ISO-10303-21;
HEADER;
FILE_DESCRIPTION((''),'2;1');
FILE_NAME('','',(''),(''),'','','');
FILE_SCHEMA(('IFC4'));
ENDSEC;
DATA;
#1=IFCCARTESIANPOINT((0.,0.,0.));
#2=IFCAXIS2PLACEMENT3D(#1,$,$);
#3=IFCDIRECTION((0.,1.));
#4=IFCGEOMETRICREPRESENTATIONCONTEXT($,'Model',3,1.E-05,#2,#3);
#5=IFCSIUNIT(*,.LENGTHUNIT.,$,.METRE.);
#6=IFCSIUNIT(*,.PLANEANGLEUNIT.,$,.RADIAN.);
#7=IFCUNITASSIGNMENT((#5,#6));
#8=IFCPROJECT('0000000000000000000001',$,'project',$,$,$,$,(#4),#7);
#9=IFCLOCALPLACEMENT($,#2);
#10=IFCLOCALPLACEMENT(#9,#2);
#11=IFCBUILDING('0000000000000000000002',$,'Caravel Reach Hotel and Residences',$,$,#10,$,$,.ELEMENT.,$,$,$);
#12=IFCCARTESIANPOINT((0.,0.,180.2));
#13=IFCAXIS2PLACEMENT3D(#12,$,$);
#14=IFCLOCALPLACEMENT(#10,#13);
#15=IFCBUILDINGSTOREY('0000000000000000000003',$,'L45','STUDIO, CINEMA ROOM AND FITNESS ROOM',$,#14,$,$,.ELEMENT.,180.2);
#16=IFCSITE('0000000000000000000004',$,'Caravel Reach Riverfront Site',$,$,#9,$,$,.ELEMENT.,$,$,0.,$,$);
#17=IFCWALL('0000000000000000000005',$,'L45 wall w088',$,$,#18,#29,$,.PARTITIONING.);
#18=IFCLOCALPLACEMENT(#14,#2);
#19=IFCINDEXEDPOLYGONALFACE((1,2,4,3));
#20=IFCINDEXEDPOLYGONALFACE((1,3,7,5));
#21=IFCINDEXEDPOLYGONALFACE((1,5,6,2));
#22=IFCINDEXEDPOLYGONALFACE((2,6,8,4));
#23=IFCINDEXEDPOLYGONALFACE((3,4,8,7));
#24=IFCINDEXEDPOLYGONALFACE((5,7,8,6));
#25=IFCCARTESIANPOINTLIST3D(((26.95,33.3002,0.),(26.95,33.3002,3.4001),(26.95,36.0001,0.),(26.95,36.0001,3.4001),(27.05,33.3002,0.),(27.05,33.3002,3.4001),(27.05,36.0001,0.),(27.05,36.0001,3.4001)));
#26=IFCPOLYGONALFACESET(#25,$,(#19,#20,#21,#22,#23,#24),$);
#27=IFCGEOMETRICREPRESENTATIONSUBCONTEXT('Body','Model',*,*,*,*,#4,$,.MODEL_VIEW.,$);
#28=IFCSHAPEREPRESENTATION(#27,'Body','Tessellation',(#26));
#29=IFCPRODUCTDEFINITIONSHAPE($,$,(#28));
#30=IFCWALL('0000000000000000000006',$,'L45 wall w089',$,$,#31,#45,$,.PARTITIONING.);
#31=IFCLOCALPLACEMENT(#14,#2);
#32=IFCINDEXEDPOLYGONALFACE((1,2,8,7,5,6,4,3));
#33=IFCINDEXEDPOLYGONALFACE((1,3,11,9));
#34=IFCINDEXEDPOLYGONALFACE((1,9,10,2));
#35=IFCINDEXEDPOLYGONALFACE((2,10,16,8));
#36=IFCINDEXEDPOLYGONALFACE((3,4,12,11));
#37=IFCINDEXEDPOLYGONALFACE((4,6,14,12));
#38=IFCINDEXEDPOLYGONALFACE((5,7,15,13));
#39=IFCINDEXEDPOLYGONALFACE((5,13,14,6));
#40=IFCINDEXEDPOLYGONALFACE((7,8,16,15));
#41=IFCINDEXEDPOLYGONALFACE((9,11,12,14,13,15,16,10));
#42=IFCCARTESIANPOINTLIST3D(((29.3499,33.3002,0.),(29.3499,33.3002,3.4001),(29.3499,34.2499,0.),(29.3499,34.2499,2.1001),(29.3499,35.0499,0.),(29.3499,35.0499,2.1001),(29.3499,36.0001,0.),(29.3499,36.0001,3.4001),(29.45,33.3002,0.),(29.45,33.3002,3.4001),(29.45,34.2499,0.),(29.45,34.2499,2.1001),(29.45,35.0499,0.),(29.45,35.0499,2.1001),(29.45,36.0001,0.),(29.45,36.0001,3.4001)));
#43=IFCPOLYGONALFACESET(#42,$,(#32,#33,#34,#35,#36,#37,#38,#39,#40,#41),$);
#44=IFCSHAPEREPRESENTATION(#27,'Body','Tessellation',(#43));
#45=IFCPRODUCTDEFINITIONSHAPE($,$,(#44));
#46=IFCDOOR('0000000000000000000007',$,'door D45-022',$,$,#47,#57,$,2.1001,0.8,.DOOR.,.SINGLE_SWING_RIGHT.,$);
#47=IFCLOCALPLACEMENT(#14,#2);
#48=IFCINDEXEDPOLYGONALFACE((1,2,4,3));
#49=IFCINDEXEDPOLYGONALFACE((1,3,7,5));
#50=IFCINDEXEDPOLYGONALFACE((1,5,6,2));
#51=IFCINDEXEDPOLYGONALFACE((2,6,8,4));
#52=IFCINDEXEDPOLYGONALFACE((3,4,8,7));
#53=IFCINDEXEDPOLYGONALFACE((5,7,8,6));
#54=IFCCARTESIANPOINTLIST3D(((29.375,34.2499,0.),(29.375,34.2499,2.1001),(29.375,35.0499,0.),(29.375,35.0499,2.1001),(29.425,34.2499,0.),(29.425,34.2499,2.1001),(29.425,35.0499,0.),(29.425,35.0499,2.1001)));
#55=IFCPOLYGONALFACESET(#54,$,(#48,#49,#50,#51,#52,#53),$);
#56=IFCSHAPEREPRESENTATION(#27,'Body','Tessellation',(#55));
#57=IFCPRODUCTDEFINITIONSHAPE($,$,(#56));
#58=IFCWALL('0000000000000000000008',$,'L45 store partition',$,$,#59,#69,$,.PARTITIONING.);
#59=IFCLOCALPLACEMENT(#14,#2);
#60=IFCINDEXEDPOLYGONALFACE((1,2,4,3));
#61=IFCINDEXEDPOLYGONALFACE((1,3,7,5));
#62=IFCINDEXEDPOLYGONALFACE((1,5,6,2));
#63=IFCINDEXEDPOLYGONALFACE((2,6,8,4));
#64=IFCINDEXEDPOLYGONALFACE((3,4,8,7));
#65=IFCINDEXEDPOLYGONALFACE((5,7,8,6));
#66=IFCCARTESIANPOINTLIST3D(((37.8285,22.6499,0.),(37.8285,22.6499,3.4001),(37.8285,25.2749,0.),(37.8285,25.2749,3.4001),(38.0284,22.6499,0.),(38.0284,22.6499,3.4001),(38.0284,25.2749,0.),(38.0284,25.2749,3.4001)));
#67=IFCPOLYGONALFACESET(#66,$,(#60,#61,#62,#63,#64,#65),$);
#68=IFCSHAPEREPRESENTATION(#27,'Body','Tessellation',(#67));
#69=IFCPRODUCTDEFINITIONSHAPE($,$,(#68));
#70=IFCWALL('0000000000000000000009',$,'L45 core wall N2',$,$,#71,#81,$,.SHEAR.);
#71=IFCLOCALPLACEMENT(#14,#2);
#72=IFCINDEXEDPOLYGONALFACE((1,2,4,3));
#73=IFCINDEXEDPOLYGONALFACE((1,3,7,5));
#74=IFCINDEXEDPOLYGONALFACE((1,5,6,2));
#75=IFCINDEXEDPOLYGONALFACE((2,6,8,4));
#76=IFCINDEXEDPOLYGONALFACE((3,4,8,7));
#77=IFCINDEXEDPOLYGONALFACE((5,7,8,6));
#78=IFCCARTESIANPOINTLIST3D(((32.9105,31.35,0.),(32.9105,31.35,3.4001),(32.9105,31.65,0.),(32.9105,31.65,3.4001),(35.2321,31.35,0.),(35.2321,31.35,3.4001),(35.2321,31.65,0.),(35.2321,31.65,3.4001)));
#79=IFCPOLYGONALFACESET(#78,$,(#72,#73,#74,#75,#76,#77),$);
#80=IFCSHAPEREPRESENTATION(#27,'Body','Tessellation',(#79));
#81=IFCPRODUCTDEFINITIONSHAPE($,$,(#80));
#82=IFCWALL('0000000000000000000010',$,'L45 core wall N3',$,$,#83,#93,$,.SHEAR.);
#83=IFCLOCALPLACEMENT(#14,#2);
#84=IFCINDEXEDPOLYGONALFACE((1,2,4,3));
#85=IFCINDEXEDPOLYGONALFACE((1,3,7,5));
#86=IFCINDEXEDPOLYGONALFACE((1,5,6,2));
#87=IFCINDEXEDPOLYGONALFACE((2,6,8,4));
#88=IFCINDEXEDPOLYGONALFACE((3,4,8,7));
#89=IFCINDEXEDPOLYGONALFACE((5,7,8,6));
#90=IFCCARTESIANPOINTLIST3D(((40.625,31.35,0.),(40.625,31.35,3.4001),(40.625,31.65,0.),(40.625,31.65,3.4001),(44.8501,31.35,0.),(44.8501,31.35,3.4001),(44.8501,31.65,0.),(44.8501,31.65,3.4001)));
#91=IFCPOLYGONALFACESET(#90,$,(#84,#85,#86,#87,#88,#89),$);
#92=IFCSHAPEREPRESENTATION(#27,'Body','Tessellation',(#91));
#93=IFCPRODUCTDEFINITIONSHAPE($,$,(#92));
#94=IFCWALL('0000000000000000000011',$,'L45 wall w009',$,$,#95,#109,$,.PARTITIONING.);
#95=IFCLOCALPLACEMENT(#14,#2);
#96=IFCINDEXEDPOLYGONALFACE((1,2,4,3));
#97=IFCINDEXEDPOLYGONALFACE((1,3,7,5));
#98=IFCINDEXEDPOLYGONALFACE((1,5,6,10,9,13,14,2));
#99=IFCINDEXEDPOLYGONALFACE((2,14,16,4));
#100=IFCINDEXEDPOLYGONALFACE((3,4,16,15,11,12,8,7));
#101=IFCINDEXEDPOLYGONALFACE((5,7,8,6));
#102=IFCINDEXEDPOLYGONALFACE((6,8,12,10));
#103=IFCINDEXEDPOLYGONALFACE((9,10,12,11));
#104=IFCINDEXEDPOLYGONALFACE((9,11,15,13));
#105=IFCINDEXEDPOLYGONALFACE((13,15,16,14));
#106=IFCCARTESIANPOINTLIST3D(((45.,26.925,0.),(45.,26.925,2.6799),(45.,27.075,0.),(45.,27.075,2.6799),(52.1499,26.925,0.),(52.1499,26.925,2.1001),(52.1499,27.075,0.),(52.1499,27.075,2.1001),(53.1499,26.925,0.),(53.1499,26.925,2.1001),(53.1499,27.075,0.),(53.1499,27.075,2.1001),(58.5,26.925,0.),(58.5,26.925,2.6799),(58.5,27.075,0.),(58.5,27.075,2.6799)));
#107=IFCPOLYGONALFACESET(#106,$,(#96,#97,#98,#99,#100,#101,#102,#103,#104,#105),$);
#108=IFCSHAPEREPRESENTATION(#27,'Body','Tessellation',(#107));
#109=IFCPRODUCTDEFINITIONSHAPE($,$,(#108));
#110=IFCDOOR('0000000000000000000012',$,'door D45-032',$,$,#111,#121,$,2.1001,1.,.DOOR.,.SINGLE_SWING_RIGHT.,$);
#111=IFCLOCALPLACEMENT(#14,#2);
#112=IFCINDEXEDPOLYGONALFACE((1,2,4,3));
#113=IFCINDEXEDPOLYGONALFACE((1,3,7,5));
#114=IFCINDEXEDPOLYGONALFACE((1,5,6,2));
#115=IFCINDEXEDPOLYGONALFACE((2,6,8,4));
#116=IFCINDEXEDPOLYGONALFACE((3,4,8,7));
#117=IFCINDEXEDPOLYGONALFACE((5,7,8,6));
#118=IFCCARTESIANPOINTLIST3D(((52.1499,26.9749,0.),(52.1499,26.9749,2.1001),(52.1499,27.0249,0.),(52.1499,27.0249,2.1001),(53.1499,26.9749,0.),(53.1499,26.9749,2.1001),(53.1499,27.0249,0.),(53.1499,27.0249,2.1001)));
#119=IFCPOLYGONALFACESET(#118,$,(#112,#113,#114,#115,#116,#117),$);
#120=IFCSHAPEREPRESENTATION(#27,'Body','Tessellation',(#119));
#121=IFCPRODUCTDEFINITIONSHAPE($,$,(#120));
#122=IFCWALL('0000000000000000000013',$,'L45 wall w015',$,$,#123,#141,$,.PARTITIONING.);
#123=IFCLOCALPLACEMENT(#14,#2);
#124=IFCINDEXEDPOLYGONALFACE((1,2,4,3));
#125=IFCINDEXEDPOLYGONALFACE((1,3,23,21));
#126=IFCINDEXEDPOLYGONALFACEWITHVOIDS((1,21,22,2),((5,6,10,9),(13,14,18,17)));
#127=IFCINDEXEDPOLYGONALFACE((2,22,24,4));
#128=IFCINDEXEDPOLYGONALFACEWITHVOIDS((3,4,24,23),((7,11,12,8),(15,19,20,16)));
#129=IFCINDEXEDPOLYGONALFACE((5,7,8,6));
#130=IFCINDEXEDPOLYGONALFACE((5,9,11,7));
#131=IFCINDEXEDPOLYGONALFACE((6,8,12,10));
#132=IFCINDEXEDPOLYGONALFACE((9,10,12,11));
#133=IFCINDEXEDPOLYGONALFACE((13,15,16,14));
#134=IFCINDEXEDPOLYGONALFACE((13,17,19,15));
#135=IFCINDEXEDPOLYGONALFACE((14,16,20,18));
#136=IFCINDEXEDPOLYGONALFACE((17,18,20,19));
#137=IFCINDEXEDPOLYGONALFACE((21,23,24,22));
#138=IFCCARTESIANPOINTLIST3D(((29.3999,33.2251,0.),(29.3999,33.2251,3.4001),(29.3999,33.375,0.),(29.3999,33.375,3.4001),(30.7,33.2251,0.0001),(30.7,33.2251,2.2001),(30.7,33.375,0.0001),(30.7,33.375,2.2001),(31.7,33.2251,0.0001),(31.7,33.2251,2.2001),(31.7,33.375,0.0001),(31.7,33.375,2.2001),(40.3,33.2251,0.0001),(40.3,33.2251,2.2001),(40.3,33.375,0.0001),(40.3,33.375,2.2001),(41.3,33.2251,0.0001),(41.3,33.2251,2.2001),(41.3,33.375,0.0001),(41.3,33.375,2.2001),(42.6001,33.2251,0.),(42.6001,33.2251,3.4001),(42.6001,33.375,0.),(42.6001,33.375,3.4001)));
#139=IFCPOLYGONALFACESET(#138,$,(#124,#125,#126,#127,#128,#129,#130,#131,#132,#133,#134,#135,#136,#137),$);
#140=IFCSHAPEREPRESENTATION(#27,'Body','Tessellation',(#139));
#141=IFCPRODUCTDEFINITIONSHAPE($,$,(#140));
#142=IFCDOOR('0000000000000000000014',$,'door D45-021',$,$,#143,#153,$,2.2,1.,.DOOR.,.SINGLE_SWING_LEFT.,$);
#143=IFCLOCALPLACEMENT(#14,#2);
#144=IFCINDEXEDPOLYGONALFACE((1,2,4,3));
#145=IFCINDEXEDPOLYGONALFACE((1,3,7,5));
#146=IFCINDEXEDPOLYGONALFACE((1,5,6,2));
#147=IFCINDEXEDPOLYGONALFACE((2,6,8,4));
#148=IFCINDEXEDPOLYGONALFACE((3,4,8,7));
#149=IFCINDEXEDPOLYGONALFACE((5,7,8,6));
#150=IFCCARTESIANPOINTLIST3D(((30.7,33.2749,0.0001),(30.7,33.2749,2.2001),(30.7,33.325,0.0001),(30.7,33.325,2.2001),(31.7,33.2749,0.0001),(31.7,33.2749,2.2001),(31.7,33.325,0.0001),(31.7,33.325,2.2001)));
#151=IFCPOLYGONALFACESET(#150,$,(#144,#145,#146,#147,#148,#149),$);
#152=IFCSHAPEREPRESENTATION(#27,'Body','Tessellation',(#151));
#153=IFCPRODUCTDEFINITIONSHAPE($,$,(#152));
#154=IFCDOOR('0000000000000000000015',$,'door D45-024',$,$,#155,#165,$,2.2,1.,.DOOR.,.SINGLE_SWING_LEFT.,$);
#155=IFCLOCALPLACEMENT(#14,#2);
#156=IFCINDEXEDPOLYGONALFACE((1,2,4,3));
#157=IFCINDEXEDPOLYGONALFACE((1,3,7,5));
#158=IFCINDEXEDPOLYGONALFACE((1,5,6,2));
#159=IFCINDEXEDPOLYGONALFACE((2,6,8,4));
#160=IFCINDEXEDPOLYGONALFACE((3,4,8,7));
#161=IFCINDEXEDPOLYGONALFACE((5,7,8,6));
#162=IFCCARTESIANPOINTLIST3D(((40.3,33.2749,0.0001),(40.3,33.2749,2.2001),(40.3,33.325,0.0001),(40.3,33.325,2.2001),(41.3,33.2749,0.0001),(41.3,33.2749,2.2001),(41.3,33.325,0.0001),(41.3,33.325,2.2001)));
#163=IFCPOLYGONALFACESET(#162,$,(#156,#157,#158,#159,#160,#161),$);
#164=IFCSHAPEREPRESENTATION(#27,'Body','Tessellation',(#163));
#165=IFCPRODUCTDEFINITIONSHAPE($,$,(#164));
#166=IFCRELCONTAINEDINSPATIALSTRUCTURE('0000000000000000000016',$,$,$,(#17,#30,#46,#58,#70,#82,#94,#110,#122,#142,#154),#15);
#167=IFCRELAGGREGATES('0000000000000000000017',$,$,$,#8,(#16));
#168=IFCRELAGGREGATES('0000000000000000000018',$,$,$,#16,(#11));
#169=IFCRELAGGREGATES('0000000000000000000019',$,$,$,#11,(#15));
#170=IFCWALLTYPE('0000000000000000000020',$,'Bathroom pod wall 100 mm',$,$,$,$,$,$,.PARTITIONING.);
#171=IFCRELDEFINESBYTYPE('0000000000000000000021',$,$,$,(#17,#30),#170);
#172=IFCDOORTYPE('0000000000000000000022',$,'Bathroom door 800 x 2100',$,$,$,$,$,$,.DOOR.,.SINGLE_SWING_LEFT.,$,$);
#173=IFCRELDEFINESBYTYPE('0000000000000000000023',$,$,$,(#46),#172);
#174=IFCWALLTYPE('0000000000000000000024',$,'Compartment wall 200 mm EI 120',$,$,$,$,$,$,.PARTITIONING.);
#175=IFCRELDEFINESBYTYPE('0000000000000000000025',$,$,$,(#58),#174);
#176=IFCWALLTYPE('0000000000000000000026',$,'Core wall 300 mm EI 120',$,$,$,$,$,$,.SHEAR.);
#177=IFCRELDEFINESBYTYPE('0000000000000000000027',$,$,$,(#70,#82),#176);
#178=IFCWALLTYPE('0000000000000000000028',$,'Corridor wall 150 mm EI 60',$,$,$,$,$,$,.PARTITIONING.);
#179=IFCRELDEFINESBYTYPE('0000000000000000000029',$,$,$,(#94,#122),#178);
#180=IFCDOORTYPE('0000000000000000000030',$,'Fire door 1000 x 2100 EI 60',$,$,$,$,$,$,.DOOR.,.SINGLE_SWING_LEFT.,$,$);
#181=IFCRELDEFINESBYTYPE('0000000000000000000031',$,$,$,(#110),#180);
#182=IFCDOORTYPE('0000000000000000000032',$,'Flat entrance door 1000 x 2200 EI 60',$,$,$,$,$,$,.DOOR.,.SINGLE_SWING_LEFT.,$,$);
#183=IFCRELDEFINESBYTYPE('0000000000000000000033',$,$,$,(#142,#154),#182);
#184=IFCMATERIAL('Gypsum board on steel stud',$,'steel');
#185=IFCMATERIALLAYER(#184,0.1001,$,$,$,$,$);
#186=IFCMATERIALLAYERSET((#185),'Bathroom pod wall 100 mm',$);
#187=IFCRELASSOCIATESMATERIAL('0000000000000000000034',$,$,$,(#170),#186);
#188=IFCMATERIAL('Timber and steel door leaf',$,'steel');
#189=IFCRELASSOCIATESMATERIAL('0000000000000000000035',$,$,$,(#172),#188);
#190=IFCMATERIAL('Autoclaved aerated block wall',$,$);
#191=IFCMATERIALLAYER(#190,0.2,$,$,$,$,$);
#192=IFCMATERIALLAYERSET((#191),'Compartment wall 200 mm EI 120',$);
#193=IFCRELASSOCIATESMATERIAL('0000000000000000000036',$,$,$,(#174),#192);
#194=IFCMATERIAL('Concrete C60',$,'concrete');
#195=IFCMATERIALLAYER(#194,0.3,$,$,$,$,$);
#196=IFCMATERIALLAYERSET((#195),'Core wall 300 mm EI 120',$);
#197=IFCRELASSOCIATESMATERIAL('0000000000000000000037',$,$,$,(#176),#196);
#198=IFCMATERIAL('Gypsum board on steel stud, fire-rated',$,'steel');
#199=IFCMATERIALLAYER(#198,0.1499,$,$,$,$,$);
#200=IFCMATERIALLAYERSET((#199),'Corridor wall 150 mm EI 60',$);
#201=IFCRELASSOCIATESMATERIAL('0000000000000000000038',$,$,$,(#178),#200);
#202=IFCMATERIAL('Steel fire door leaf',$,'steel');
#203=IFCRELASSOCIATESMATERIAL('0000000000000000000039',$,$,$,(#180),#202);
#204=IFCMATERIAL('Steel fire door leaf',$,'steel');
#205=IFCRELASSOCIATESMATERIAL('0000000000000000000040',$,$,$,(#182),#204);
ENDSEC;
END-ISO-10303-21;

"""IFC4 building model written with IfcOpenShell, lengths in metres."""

from ifc_helpers import new_model, si_unit, direction, frame, frame_2d, origin, place, context, subcontext, project, spatial, rectangle, extrude, material, layer, layer_set, type_object, element, fill, save


model = new_model("IFC4")

# Units and contexts
model_context = context("Model", 3, precision=1e-05, world=origin(), true_north=direction((0.0, 1.0)))
body_context = subcontext(model_context, "Body", "Model", "MODEL_VIEW")
ifc_project = project(units=[si_unit("LENGTHUNIT", "METRE"), si_unit("PLANEANGLEUNIT", "RADIAN")], contexts=[model_context])

# Site, building, storey
site_placement = place(None, origin())
site = spatial("IfcSite", under=ifc_project, at=site_placement, Name="Caravel Reach Riverfront Site", CompositionType="ELEMENT", RefElevation=0.0)
building_placement = place(site_placement, origin())
building = spatial("IfcBuilding", under=site, at=building_placement, Name="Caravel Reach Hotel and Residences", CompositionType="ELEMENT")
storey_placement = place(building_placement, frame((0.0, 0.0, 180.2)))
storey = spatial("IfcBuildingStorey", under=building, at=storey_placement, Name="L45", Description="STUDIO, CINEMA ROOM AND FITNESS ROOM", CompositionType="ELEMENT", Elevation=180.2)

# Wall
ifc_material_1 = material(Name="Gypsum board on steel stud", Category="steel")
ifc_layer_1 = layer(ifc_material_1, 0.1001)
ifc_layer_set_1 = layer_set([ifc_layer_1], Name="Bathroom pod wall 100 mm")
wall_type_1 = type_object("IfcWallType", Name="Bathroom pod wall 100 mm", PredefinedType="PARTITIONING", material=ifc_layer_set_1)
wall_1_placement = place(storey_placement, frame((27.0, 33.3, 0.0), z_axis=(0.0, 0.0, 1.0), x_axis=(0.0, 1.0, 0.0)))
element("IfcWall", 1, at=wall_1_placement, inside=storey, type_object=wall_type_1, Name="L45 wall w088", PredefinedType="PARTITIONING", context=body_context, shape_type="SweptSolid", body=[
    extrude(rectangle(XDim=2.7, YDim=0.1001, at=frame_2d((1.3501, 0.0))), origin(), (0.0, 0.0, 1.0), 3.4001),
])

# Wall, opening, door
wall_2_placement = place(storey_placement, frame((29.3999, 33.3, 0.0), z_axis=(0.0, 0.0, 1.0), x_axis=(0.0, 1.0, 0.0)))
wall_2 = element("IfcWall", 2, at=wall_2_placement, inside=storey, type_object=wall_type_1, Name="L45 wall w089", PredefinedType="PARTITIONING", context=body_context, shape_type="SweptSolid", body=[
    extrude(rectangle(XDim=2.7, YDim=0.1001, at=frame_2d((1.3501, 0.0))), origin(), (0.0, 0.0, 1.0), 3.4001),
])
opening_1_placement = place(wall_2_placement, frame((0.95, 0.0, 0.0)))
opening_1 = element("IfcOpeningElement", 3, at=opening_1_placement, cuts=wall_2, PredefinedType="OPENING", context=body_context, shape_type="SweptSolid", body=[
    extrude(rectangle(XDim=0.8, YDim=2.1001, at=frame_2d((0.3999, 1.05))), frame((0.0, 0.0601, 0.0), z_axis=(0.0, -1.0, 0.0), x_axis=(1.0, 0.0, 0.0)), (0.0, 0.0, 1.0), 0.1201),
])
ifc_material_2 = material(Name="Timber and steel door leaf", Category="steel")
door_type_1 = type_object("IfcDoorType", Name="Bathroom door 800 x 2100", OperationType="SINGLE_SWING_LEFT", PredefinedType="DOOR", material=ifc_material_2)
door_1_placement = place(opening_1_placement, origin())
door_1 = element("IfcDoor", 4, at=door_1_placement, inside=storey, type_object=door_type_1, Name="door D45-022", OperationType="SINGLE_SWING_RIGHT", OverallHeight=2.1001, OverallWidth=0.8, PredefinedType="DOOR", context=body_context, shape_type="SweptSolid", body=[
    extrude(rectangle(XDim=0.8, YDim=2.1001, at=frame_2d((0.3999, 1.05))), frame((0.0, 0.0249, 0.0), z_axis=(0.0, -1.0, 0.0), x_axis=(1.0, 0.0, 0.0)), (0.0, 0.0, 1.0), 0.05),
])
fill(opening_1, door_1)

# Walls
ifc_material_3 = material(Name="Autoclaved aerated block wall")
ifc_layer_2 = layer(ifc_material_3, 0.2)
ifc_layer_set_2 = layer_set([ifc_layer_2], Name="Compartment wall 200 mm EI 120")
wall_type_2 = type_object("IfcWallType", Name="Compartment wall 200 mm EI 120", PredefinedType="PARTITIONING", material=ifc_layer_set_2)
wall_3_placement = place(storey_placement, frame((37.9285, 22.6499, 0.0), z_axis=(0.0, 0.0, 1.0), x_axis=(0.0, 1.0, 0.0)))
element("IfcWall", 5, at=wall_3_placement, inside=storey, type_object=wall_type_2, Name="L45 store partition", PredefinedType="PARTITIONING", context=body_context, shape_type="SweptSolid", body=[
    extrude(rectangle(XDim=2.625, YDim=0.2, at=frame_2d((1.3125, 0.0))), origin(), (0.0, 0.0, 1.0), 3.4001),
])
ifc_material_4 = material(Name="Concrete C60", Category="concrete")
ifc_layer_3 = layer(ifc_material_4, 0.3)
ifc_layer_set_3 = layer_set([ifc_layer_3], Name="Core wall 300 mm EI 120")
wall_type_3 = type_object("IfcWallType", Name="Core wall 300 mm EI 120", PredefinedType="SHEAR", material=ifc_layer_set_3)
wall_4_placement = place(storey_placement, frame((32.9106, 31.5, 0.0), z_axis=(0.0, 0.0, 1.0), x_axis=(1.0, 0.0, 0.0)))
element("IfcWall", 6, at=wall_4_placement, inside=storey, type_object=wall_type_3, Name="L45 core wall N2", PredefinedType="SHEAR", context=body_context, shape_type="SweptSolid", body=[
    extrude(rectangle(XDim=2.3215, YDim=0.3, at=frame_2d((1.1606, 0.0))), origin(), (0.0, 0.0, 1.0), 3.4001),
])
wall_5_placement = place(storey_placement, frame((40.625, 31.5, 0.0), z_axis=(0.0, 0.0, 1.0), x_axis=(1.0, 0.0, 0.0)))
element("IfcWall", 7, at=wall_5_placement, inside=storey, type_object=wall_type_3, Name="L45 core wall N3", PredefinedType="SHEAR", context=body_context, shape_type="SweptSolid", body=[
    extrude(rectangle(XDim=4.2251, YDim=0.3, at=frame_2d((2.1125, 0.0))), origin(), (0.0, 0.0, 1.0), 3.4001),
])

# Wall, opening, door
ifc_material_5 = material(Name="Gypsum board on steel stud, fire-rated", Category="steel")
ifc_layer_4 = layer(ifc_material_5, 0.1499)
ifc_layer_set_4 = layer_set([ifc_layer_4], Name="Corridor wall 150 mm EI 60")
wall_type_4 = type_object("IfcWallType", Name="Corridor wall 150 mm EI 60", PredefinedType="PARTITIONING", material=ifc_layer_set_4)
wall_6_placement = place(storey_placement, frame((45.0, 27.0, 0.0), z_axis=(0.0, 0.0, 1.0), x_axis=(1.0, 0.0, 0.0)))
wall_6 = element("IfcWall", 8, at=wall_6_placement, inside=storey, type_object=wall_type_4, Name="L45 wall w009", PredefinedType="PARTITIONING", context=body_context, shape_type="SweptSolid", body=[
    extrude(rectangle(XDim=13.5, YDim=0.1499, at=frame_2d((6.75, 0.0))), origin(), (0.0, 0.0, 1.0), 2.6799),
])
opening_2_placement = place(wall_6_placement, frame((7.1499, 0.0, 0.0)))
opening_2 = element("IfcOpeningElement", 9, at=opening_2_placement, cuts=wall_6, PredefinedType="OPENING", context=body_context, shape_type="SweptSolid", body=[
    extrude(rectangle(XDim=1.0, YDim=2.1001, at=frame_2d((0.5, 1.05))), frame((0.0, 0.085, 0.0), z_axis=(0.0, -1.0, 0.0), x_axis=(1.0, 0.0, 0.0)), (0.0, 0.0, 1.0), 0.1699),
])
ifc_material_6 = material(Name="Steel fire door leaf", Category="steel")
door_type_2 = type_object("IfcDoorType", Name="Fire door 1000 x 2100 EI 60", OperationType="SINGLE_SWING_LEFT", PredefinedType="DOOR", material=ifc_material_6)
door_2_placement = place(opening_2_placement, origin())
door_2 = element("IfcDoor", 10, at=door_2_placement, inside=storey, type_object=door_type_2, Name="door D45-032", OperationType="SINGLE_SWING_RIGHT", OverallHeight=2.1001, OverallWidth=1.0, PredefinedType="DOOR", context=body_context, shape_type="SweptSolid", body=[
    extrude(rectangle(XDim=1.0, YDim=2.1001, at=frame_2d((0.5, 1.05))), frame((0.0, 0.0249, 0.0), z_axis=(0.0, -1.0, 0.0), x_axis=(1.0, 0.0, 0.0)), (0.0, 0.0, 1.0), 0.05),
])
fill(opening_2, door_2)

# Wall, openings, doors
wall_7_placement = place(storey_placement, frame((29.3999, 33.3, 0.0), z_axis=(0.0, 0.0, 1.0), x_axis=(1.0, 0.0, 0.0)))
wall_7 = element("IfcWall", 11, at=wall_7_placement, inside=storey, type_object=wall_type_4, Name="L45 wall w015", PredefinedType="PARTITIONING", context=body_context, shape_type="SweptSolid", body=[
    extrude(rectangle(XDim=13.2002, YDim=0.1499, at=frame_2d((6.6001, 0.0))), origin(), (0.0, 0.0, 1.0), 3.4001),
])
opening_3_placement = place(wall_7_placement, frame((1.3, 0.0, 0.0)))
opening_3 = element("IfcOpeningElement", 12, at=opening_3_placement, cuts=wall_7, PredefinedType="OPENING", context=body_context, shape_type="SweptSolid", body=[
    extrude(rectangle(XDim=1.0, YDim=2.2, at=frame_2d((0.5, 1.1001))), frame((0.0, 0.085, 0.0), z_axis=(0.0, -1.0, 0.0), x_axis=(1.0, 0.0, 0.0)), (0.0, 0.0, 1.0), 0.1699),
])
opening_4_placement = place(wall_7_placement, frame((10.9001, 0.0, 0.0)))
opening_4 = element("IfcOpeningElement", 13, at=opening_4_placement, cuts=wall_7, PredefinedType="OPENING", context=body_context, shape_type="SweptSolid", body=[
    extrude(rectangle(XDim=1.0, YDim=2.2, at=frame_2d((0.5, 1.1001))), frame((0.0, 0.085, 0.0), z_axis=(0.0, -1.0, 0.0), x_axis=(1.0, 0.0, 0.0)), (0.0, 0.0, 1.0), 0.1699),
])
ifc_material_7 = material(Name="Steel fire door leaf", Category="steel")
door_type_3 = type_object("IfcDoorType", Name="Flat entrance door 1000 x 2200 EI 60", OperationType="SINGLE_SWING_LEFT", PredefinedType="DOOR", material=ifc_material_7)
door_3_placement = place(opening_3_placement, origin())
door_3 = element("IfcDoor", 14, at=door_3_placement, inside=storey, type_object=door_type_3, Name="door D45-021", OperationType="SINGLE_SWING_LEFT", OverallHeight=2.2, OverallWidth=1.0, PredefinedType="DOOR", context=body_context, shape_type="SweptSolid", body=[
    extrude(rectangle(XDim=1.0, YDim=2.2, at=frame_2d((0.5, 1.1001))), frame((0.0, 0.0249, 0.0), z_axis=(0.0, -1.0, 0.0), x_axis=(1.0, 0.0, 0.0)), (0.0, 0.0, 1.0), 0.05),
])
fill(opening_3, door_3)
door_4_placement = place(opening_4_placement, origin())
door_4 = element("IfcDoor", 15, at=door_4_placement, inside=storey, type_object=door_type_3, Name="door D45-024", OperationType="SINGLE_SWING_LEFT", OverallHeight=2.2, OverallWidth=1.0, PredefinedType="DOOR", context=body_context, shape_type="SweptSolid", body=[
    extrude(rectangle(XDim=1.0, YDim=2.2, at=frame_2d((0.5, 1.1001))), frame((0.0, 0.0249, 0.0), z_axis=(0.0, -1.0, 0.0), x_axis=(1.0, 0.0, 0.0)), (0.0, 0.0, 1.0), 0.05),
])
fill(opening_4, door_4)

save(model, "model.ifc")
